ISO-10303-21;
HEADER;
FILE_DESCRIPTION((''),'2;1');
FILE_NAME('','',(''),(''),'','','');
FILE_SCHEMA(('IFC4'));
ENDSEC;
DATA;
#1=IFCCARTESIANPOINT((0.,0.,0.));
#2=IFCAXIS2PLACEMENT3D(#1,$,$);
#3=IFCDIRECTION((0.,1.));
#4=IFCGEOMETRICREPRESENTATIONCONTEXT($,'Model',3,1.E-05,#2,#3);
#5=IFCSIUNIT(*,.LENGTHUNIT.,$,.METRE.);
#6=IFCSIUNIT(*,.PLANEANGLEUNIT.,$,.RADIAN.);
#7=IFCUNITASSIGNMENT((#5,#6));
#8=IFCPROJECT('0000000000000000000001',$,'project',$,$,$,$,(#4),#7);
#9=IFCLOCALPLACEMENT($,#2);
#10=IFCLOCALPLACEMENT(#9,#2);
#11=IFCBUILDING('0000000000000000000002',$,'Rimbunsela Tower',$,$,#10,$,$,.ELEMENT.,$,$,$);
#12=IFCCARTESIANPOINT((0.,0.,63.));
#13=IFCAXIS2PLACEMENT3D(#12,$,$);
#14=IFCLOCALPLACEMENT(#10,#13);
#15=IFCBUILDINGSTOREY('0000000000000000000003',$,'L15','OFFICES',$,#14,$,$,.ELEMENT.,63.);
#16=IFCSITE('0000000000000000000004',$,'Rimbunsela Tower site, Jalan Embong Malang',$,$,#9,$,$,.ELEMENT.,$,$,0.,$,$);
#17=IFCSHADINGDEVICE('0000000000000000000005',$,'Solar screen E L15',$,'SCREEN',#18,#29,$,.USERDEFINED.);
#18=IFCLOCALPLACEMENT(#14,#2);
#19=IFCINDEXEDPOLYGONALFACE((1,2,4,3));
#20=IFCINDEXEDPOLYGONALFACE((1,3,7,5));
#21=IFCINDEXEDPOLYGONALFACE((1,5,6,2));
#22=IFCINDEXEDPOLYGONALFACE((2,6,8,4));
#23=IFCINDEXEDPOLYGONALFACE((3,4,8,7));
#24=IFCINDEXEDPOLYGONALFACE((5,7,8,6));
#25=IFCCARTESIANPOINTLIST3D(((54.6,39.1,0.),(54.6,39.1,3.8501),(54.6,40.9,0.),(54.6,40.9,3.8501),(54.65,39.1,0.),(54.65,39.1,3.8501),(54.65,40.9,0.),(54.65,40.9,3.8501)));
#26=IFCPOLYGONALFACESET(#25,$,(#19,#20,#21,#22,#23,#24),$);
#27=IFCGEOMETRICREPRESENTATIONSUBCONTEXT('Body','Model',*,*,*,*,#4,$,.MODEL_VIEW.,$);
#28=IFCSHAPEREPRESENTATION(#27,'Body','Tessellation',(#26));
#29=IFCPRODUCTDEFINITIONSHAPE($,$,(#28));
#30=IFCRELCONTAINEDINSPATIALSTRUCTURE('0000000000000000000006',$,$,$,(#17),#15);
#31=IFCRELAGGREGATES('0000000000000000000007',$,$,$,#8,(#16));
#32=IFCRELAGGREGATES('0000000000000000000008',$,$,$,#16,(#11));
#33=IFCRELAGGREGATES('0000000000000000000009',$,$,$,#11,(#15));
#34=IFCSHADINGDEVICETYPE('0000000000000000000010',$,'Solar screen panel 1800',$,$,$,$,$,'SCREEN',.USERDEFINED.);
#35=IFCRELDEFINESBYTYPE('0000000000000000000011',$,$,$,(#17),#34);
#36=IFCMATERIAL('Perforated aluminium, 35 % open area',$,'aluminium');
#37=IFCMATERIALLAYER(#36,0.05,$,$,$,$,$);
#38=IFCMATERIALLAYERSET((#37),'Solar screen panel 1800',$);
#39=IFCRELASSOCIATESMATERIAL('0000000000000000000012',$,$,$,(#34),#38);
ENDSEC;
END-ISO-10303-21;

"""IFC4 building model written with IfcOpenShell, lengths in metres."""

from ifc_helpers import new_model, si_unit, direction, frame, origin, origin_2d, place, context, subcontext, project, spatial, rectangle, extrude, material, layer, layer_set, type_object, element, save


model = new_model("IFC4")

# Units and contexts
model_context = context("Model", 3, precision=1e-05, world=origin(), true_north=direction((0.0, 1.0)))
body_context = subcontext(model_context, "Body", "Model", "MODEL_VIEW")
ifc_project = project(units=[si_unit("LENGTHUNIT", "METRE"), si_unit("PLANEANGLEUNIT", "RADIAN")], contexts=[model_context])

# Site, building, storey
site_placement = place(None, origin())
site = spatial("IfcSite", under=ifc_project, at=site_placement, Name="Rimbunsela Tower site, Jalan Embong Malang", CompositionType="ELEMENT", RefElevation=0.0)
building_placement = place(site_placement, origin())
building = spatial("IfcBuilding", under=site, at=building_placement, Name="Rimbunsela Tower", CompositionType="ELEMENT")
storey_placement = place(building_placement, frame((0.0, 0.0, 63.0)))
storey = spatial("IfcBuildingStorey", under=building, at=storey_placement, Name="L15", Description="OFFICES", CompositionType="ELEMENT", Elevation=63.0)

# Shading device
ifc_material_1 = material(Name="Perforated aluminium, 35 % open area", Category="aluminium")
ifc_layer_1 = layer(ifc_material_1, 0.05)
ifc_layer_set_1 = layer_set([ifc_layer_1], Name="Solar screen panel 1800")
shading_device_type = type_object("IfcShadingDeviceType", Name="Solar screen panel 1800", ElementType="SCREEN", PredefinedType="USERDEFINED", material=ifc_layer_set_1)
for number, where, z_axis, x_axis, name in (
    (1, (54.625, 40.0, 0.0), (0.0, 0.0, 1.0), (0.0, 1.0, 0.0), "Solar screen E L15"),
):
    element("IfcShadingDevice", number, at=place(storey_placement, frame(where, z_axis=z_axis, x_axis=x_axis)), inside=storey, type_object=shading_device_type, Name=name, ObjectType="SCREEN", PredefinedType="USERDEFINED", context=body_context, shape_type="SweptSolid", body=[
        extrude(rectangle(XDim=1.8, YDim=0.05, at=origin_2d()), origin(), (0.0, 0.0, 1.0), 3.8501),
    ])

save(model, "model.ifc")
